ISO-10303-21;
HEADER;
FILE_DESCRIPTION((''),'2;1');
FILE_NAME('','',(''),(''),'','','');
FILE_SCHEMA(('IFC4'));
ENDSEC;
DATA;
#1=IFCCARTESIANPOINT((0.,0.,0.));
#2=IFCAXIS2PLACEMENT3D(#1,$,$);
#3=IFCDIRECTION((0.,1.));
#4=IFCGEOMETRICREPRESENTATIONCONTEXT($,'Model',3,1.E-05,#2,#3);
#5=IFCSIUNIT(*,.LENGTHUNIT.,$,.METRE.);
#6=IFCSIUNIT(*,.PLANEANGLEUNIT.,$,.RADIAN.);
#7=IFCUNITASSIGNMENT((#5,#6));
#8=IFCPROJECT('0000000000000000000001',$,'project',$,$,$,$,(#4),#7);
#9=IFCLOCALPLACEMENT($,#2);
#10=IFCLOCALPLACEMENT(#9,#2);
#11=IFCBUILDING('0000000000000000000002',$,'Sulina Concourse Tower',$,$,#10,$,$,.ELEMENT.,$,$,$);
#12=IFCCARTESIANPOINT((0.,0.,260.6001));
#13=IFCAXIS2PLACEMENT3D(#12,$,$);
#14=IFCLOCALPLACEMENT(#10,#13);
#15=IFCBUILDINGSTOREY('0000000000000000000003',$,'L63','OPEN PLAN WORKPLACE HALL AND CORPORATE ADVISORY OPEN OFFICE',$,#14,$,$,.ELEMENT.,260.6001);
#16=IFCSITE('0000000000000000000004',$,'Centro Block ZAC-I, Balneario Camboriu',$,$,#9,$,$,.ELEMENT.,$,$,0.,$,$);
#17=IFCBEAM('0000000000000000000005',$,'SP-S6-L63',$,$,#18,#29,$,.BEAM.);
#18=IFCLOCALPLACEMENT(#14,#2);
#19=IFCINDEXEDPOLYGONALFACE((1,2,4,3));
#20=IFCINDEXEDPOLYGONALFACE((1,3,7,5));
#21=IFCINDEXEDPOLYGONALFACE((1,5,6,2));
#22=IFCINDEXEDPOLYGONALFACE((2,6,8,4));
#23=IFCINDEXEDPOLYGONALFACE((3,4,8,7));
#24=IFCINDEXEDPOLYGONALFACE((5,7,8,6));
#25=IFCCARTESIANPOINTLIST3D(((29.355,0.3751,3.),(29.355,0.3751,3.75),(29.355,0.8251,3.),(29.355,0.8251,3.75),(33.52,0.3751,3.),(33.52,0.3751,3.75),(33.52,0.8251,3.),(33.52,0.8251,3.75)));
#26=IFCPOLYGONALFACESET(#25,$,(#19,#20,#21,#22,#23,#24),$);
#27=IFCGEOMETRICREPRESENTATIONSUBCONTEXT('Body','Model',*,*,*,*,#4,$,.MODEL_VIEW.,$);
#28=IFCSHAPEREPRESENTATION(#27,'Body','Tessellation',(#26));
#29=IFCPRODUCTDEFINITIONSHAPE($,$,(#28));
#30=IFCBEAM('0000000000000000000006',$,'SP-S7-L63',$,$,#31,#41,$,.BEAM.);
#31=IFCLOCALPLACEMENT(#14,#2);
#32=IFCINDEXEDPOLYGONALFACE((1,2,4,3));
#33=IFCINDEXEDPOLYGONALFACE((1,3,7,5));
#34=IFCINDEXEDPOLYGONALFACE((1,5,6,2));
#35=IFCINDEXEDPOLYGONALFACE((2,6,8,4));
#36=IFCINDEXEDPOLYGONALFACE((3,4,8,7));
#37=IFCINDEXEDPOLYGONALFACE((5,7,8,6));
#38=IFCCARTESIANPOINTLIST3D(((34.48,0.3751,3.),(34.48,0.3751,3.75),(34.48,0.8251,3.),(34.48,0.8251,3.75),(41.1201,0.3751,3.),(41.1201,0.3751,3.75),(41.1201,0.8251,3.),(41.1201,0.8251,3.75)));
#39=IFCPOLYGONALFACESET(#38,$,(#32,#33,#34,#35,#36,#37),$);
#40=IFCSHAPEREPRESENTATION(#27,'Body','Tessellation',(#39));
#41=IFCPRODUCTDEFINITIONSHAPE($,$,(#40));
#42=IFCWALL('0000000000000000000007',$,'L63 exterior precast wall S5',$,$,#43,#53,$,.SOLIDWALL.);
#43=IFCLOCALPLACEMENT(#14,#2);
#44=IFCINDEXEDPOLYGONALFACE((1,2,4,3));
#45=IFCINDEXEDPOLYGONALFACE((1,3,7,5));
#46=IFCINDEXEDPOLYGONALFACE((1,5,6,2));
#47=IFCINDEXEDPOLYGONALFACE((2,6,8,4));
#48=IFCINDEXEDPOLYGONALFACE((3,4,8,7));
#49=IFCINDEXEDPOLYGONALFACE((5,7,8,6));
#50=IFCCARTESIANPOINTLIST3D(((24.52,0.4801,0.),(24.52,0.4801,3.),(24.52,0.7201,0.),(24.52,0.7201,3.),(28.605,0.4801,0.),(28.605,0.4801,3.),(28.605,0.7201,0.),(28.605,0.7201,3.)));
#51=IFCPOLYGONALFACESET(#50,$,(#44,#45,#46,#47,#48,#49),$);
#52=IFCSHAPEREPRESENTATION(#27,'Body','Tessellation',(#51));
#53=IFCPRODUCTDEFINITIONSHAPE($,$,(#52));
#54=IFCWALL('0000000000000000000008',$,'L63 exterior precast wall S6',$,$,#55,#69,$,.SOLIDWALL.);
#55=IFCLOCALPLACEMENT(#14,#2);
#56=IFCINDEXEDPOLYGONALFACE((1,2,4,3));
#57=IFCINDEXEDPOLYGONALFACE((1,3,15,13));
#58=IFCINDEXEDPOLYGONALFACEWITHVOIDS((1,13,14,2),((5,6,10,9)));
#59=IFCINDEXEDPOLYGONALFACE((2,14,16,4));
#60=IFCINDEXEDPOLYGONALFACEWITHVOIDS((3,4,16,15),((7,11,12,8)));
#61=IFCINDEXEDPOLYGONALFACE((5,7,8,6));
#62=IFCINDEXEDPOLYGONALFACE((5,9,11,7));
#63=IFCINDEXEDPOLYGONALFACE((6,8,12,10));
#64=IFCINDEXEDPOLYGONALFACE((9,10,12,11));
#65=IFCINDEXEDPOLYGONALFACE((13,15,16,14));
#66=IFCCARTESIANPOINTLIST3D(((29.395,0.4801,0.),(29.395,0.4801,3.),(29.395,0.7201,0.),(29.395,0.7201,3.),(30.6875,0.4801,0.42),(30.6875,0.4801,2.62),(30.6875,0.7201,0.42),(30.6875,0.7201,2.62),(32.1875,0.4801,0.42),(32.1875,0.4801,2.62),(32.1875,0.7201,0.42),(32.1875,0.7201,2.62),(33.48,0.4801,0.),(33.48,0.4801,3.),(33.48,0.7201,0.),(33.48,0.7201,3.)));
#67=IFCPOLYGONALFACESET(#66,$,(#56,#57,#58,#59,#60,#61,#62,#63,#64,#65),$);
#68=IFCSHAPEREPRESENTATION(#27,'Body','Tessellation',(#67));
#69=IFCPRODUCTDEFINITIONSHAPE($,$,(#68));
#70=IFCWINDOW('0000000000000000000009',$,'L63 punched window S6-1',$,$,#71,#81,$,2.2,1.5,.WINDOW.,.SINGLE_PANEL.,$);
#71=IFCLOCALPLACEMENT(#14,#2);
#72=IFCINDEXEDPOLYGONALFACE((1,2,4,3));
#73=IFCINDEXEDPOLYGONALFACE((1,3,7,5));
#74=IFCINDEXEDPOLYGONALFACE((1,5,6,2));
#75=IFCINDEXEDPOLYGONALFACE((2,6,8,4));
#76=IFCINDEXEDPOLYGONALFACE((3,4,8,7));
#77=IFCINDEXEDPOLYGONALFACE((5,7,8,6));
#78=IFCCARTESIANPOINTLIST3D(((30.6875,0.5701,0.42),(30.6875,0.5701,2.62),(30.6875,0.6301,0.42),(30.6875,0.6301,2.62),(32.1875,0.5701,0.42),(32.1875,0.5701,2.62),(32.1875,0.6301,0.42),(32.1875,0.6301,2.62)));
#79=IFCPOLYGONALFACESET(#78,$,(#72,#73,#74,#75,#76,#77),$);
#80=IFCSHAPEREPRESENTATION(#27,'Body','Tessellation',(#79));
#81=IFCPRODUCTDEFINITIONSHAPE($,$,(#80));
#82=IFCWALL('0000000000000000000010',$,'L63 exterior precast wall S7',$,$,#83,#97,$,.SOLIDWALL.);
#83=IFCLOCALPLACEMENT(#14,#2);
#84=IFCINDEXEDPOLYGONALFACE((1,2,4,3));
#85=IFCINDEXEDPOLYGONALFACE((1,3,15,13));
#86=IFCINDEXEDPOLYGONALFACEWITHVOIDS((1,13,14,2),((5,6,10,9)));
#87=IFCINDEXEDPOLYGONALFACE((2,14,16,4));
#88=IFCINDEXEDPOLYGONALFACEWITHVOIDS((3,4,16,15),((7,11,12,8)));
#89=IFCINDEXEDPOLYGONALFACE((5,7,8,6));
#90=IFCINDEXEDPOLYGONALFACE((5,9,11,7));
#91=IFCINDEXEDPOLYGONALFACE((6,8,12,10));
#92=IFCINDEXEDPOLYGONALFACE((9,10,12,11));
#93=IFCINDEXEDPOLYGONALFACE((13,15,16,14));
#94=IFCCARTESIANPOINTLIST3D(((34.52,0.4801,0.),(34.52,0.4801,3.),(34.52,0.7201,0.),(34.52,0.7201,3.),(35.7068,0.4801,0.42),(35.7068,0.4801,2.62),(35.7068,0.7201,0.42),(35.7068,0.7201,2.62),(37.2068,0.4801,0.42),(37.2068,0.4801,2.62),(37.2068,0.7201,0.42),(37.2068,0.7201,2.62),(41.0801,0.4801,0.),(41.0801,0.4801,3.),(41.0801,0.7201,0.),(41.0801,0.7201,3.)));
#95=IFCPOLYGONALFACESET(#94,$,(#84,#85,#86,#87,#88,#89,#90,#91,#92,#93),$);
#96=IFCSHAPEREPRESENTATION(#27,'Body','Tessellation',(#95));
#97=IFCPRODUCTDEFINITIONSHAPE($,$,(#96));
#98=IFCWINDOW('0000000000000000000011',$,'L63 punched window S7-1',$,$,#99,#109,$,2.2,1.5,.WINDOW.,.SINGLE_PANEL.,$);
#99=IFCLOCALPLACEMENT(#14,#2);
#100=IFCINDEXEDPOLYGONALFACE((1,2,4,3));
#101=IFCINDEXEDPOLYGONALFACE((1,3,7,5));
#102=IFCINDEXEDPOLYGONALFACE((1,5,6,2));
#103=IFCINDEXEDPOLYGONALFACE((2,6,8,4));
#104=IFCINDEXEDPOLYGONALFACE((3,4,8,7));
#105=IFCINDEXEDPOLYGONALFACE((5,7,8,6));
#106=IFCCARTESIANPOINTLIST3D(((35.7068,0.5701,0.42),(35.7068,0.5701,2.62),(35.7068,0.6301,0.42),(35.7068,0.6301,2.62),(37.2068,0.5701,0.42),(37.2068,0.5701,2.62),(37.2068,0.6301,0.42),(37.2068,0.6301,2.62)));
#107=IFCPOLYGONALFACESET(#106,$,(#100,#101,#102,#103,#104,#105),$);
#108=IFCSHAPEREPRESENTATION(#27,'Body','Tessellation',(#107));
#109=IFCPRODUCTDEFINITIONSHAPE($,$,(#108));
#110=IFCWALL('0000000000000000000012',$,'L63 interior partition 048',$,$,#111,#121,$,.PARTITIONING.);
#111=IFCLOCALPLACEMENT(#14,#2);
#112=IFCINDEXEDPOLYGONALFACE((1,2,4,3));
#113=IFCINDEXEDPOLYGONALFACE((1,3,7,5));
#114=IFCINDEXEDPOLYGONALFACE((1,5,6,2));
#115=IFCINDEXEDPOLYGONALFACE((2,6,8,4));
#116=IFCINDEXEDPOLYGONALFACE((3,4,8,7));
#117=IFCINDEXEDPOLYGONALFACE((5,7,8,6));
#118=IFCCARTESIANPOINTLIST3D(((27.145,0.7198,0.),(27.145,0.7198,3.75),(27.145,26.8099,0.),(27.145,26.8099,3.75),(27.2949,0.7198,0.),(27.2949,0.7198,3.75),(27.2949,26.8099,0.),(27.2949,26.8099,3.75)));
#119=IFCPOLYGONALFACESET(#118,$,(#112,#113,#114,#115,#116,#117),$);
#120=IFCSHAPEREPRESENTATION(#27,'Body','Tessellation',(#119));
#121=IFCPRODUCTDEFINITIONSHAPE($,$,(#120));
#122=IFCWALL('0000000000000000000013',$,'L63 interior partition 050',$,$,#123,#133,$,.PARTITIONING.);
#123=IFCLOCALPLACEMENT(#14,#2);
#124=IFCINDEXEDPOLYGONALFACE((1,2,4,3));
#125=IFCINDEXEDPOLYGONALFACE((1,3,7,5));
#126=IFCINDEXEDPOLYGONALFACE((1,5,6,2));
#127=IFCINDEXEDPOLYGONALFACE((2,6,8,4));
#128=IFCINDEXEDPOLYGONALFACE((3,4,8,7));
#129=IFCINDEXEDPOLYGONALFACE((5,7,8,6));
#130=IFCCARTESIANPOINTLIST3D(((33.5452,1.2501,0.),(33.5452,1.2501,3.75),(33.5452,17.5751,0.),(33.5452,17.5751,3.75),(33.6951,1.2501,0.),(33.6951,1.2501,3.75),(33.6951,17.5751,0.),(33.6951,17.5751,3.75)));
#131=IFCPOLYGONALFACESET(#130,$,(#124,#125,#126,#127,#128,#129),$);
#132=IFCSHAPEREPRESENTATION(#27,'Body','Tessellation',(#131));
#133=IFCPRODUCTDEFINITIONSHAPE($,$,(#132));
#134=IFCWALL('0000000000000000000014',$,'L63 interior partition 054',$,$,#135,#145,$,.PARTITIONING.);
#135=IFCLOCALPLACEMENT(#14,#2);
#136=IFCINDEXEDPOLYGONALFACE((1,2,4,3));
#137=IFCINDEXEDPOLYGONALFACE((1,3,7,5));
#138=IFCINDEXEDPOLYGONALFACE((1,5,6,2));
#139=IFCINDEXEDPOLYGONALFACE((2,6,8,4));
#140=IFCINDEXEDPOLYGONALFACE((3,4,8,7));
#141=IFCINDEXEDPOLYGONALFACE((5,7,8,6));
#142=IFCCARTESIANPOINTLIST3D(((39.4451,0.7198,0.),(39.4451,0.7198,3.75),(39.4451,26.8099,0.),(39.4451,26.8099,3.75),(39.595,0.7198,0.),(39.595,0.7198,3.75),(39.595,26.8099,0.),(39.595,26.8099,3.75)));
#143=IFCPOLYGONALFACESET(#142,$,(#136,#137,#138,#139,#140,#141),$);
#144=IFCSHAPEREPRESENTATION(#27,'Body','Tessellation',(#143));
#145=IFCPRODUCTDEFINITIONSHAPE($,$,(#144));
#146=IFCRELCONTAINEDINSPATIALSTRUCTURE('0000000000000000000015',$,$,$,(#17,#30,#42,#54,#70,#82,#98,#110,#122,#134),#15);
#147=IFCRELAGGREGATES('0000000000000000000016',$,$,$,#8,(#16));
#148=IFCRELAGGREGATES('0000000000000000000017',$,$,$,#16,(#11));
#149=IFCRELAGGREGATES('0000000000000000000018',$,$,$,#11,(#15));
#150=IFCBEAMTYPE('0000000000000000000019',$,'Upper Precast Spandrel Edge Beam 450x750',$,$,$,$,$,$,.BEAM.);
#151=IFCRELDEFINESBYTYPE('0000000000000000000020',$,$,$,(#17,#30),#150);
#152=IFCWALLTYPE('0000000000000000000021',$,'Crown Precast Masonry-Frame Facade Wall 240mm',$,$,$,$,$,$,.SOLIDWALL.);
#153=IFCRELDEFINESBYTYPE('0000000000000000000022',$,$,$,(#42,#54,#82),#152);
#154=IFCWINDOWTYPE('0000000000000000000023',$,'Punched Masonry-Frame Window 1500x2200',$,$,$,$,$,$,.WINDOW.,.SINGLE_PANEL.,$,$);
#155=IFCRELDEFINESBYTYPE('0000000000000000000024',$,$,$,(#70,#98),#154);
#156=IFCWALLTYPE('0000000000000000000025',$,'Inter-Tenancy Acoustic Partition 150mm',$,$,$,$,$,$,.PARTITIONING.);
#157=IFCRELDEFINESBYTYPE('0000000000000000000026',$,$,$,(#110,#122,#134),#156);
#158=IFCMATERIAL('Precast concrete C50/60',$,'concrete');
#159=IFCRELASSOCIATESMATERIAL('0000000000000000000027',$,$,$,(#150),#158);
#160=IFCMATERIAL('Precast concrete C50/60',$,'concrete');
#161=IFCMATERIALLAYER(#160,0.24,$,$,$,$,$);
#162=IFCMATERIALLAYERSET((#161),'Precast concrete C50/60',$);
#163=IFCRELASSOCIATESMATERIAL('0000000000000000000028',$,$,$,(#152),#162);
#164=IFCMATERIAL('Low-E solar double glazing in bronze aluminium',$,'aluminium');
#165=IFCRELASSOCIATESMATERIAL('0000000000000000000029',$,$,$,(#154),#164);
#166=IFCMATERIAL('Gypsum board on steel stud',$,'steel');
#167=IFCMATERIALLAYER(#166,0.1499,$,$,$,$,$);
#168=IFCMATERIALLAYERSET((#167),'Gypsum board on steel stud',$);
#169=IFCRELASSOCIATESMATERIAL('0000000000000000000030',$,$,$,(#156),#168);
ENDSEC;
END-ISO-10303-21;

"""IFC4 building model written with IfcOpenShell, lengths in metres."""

from ifc_helpers import new_model, si_unit, direction, frame, frame_2d, origin, origin_2d, place, context, subcontext, project, spatial, rectangle, extrude, material, layer, layer_set, material_profile, profile_set, type_object, element, fill, save


model = new_model("IFC4")

# Units and contexts
model_context = context("Model", 3, precision=1e-05, world=origin(), true_north=direction((0.0, 1.0)))
body_context = subcontext(model_context, "Body", "Model", "MODEL_VIEW")
ifc_project = project(units=[si_unit("LENGTHUNIT", "METRE"), si_unit("PLANEANGLEUNIT", "RADIAN")], contexts=[model_context])

# Site, building, storey
site_placement = place(None, origin())
site = spatial("IfcSite", under=ifc_project, at=site_placement, Name="Centro Block ZAC-I, Balneario Camboriu", CompositionType="ELEMENT", RefElevation=0.0)
building_placement = place(site_placement, origin())
building = spatial("IfcBuilding", under=site, at=building_placement, Name="Sulina Concourse Tower", CompositionType="ELEMENT")
storey_placement = place(building_placement, frame((0.0, 0.0, 260.6001)))
storey = spatial("IfcBuildingStorey", under=building, at=storey_placement, Name="L63", Description="OPEN PLAN WORKPLACE HALL AND CORPORATE ADVISORY OPEN OFFICE", CompositionType="ELEMENT", Elevation=260.6001)

# Beams
ifc_material_1 = material(Name="Precast concrete C50/60", Category="concrete")
ifc_material_profile_1 = material_profile(ifc_material_1, rectangle(XDim=0.45, YDim=0.75, at=origin_2d()), Name="RC 450x750")
ifc_profile_set_1 = profile_set([ifc_material_profile_1], Name="Precast concrete C50/60")
beam_type_1 = type_object("IfcBeamType", Name="Upper Precast Spandrel Edge Beam 450x750", PredefinedType="BEAM", material=ifc_profile_set_1)
for number, where, z_axis, x_axis, name in (
    (1, (29.355, 0.6001, 3.375), (1.0, 0.0, 0.0), (0.0, 1.0, 0.0), "SP-S6-L63"),
):
    element("IfcBeam", number, at=place(storey_placement, frame(where, z_axis=z_axis, x_axis=x_axis)), inside=storey, type_object=beam_type_1, Name=name, PredefinedType="BEAM", context=body_context, shape_type="SweptSolid", body=[
        extrude(rectangle(XDim=0.45, YDim=0.75, at=origin_2d()), origin(), (0.0, 0.0, 1.0), 4.165),
    ])
beam_1_placement = place(storey_placement, frame((34.48, 0.6001, 3.375), z_axis=(1.0, 0.0, 0.0), x_axis=(0.0, 1.0, 0.0)))
element("IfcBeam", 2, at=beam_1_placement, inside=storey, type_object=beam_type_1, Name="SP-S7-L63", PredefinedType="BEAM", context=body_context, shape_type="SweptSolid", body=[
    extrude(rectangle(XDim=0.45, YDim=0.75, at=origin_2d()), origin(), (0.0, 0.0, 1.0), 6.6401),
])

# Wall
ifc_material_2 = material(Name="Precast concrete C50/60", Category="concrete")
ifc_layer_1 = layer(ifc_material_2, 0.24)
ifc_layer_set_1 = layer_set([ifc_layer_1], Name="Precast concrete C50/60")
wall_type_1 = type_object("IfcWallType", Name="Crown Precast Masonry-Frame Facade Wall 240mm", PredefinedType="SOLIDWALL", material=ifc_layer_set_1)
wall_1_placement = place(storey_placement, frame((28.605, 0.6001, 0.0), z_axis=(0.0, 0.0, 1.0), x_axis=(-1.0, 0.0, 0.0)))
element("IfcWall", 3, at=wall_1_placement, inside=storey, type_object=wall_type_1, Name="L63 exterior precast wall S5", PredefinedType="SOLIDWALL", context=body_context, shape_type="SweptSolid", body=[
    extrude(rectangle(XDim=4.085, YDim=0.24, at=frame_2d((2.0425, 0.0))), origin(), (0.0, 0.0, 1.0), 3.0),
])

# Walls, openings, windows
wall_2_placement = place(storey_placement, frame((33.48, 0.6001, 0.0), z_axis=(0.0, 0.0, 1.0), x_axis=(-1.0, 0.0, 0.0)))
wall_2 = element("IfcWall", 4, at=wall_2_placement, inside=storey, type_object=wall_type_1, Name="L63 exterior precast wall S6", PredefinedType="SOLIDWALL", context=body_context, shape_type="SweptSolid", body=[
    extrude(rectangle(XDim=4.085, YDim=0.24, at=frame_2d((2.0425, 0.0))), origin(), (0.0, 0.0, 1.0), 3.0),
])
opening_1_placement = place(wall_2_placement, frame((1.2925, 0.0, 0.4199)))
opening_1 = element("IfcOpeningElement", 5, at=opening_1_placement, cuts=wall_2, PredefinedType="OPENING", context=body_context, shape_type="SweptSolid", body=[
    extrude(rectangle(XDim=1.5, YDim=2.2, at=frame_2d((0.75, 1.1001))), frame((0.0, 0.1299, 0.0), z_axis=(0.0, -1.0, 0.0), x_axis=(1.0, 0.0, 0.0)), (0.0, 0.0, 1.0), 0.26),
])
ifc_material_3 = material(Name="Low-E solar double glazing in bronze aluminium", Category="aluminium")
window_type = type_object("IfcWindowType", Name="Punched Masonry-Frame Window 1500x2200", PartitioningType="SINGLE_PANEL", PredefinedType="WINDOW", material=ifc_material_3)
window_1_placement = place(opening_1_placement, origin())
window_1 = element("IfcWindow", 6, at=window_1_placement, inside=storey, type_object=window_type, Name="L63 punched window S6-1", OverallHeight=2.2, OverallWidth=1.5, PartitioningType="SINGLE_PANEL", PredefinedType="WINDOW", context=body_context, shape_type="SweptSolid", body=[
    extrude(rectangle(XDim=1.5, YDim=2.2, at=frame_2d((0.75, 1.1001))), frame((0.0, 0.03, 0.0), z_axis=(0.0, -1.0, 0.0), x_axis=(1.0, 0.0, 0.0)), (0.0, 0.0, 1.0), 0.0601),
])
fill(opening_1, window_1)
wall_3_placement = place(storey_placement, frame((41.0801, 0.6001, 0.0), z_axis=(0.0, 0.0, 1.0), x_axis=(-1.0, 0.0, 0.0)))
wall_3 = element("IfcWall", 7, at=wall_3_placement, inside=storey, type_object=wall_type_1, Name="L63 exterior precast wall S7", PredefinedType="SOLIDWALL", context=body_context, shape_type="SweptSolid", body=[
    extrude(rectangle(XDim=6.5601, YDim=0.24, at=frame_2d((3.28, 0.0))), origin(), (0.0, 0.0, 1.0), 3.0),
])
opening_2_placement = place(wall_3_placement, frame((3.8733, 0.0, 0.4199)))
opening_2 = element("IfcOpeningElement", 8, at=opening_2_placement, cuts=wall_3, PredefinedType="OPENING", context=body_context, shape_type="SweptSolid", body=[
    extrude(rectangle(XDim=1.5, YDim=2.2, at=frame_2d((0.75, 1.1001))), frame((0.0, 0.1299, 0.0), z_axis=(0.0, -1.0, 0.0), x_axis=(1.0, 0.0, 0.0)), (0.0, 0.0, 1.0), 0.26),
])
window_2_placement = place(opening_2_placement, origin())
window_2 = element("IfcWindow", 9, at=window_2_placement, inside=storey, type_object=window_type, Name="L63 punched window S7-1", OverallHeight=2.2, OverallWidth=1.5, PartitioningType="SINGLE_PANEL", PredefinedType="WINDOW", context=body_context, shape_type="SweptSolid", body=[
    extrude(rectangle(XDim=1.5, YDim=2.2, at=frame_2d((0.75, 1.1001))), frame((0.0, 0.03, 0.0), z_axis=(0.0, -1.0, 0.0), x_axis=(1.0, 0.0, 0.0)), (0.0, 0.0, 1.0), 0.0601),
])
fill(opening_2, window_2)

# Walls
ifc_material_4 = material(Name="Gypsum board on steel stud", Category="steel")
ifc_layer_2 = layer(ifc_material_4, 0.1499)
ifc_layer_set_2 = layer_set([ifc_layer_2], Name="Gypsum board on steel stud")
wall_type_2 = type_object("IfcWallType", Name="Inter-Tenancy Acoustic Partition 150mm", PredefinedType="PARTITIONING", material=ifc_layer_set_2)
wall_4_placement = place(storey_placement, frame((27.22, 0.72, 0.0), z_axis=(0.0, 0.0, 1.0), x_axis=(0.0, 1.0, 0.0)))
element("IfcWall", 10, at=wall_4_placement, inside=storey, type_object=wall_type_2, Name="L63 interior partition 048", PredefinedType="PARTITIONING", context=body_context, shape_type="SweptSolid", body=[
    extrude(rectangle(XDim=26.0901, YDim=0.1499, at=frame_2d((13.0449, 0.0))), origin(), (0.0, 0.0, 1.0), 3.75),
])
wall_5_placement = place(storey_placement, frame((33.6201, 1.25, 0.0), z_axis=(0.0, 0.0, 1.0), x_axis=(0.0, 1.0, 0.0)))
element("IfcWall", 11, at=wall_5_placement, inside=storey, type_object=wall_type_2, Name="L63 interior partition 050", PredefinedType="PARTITIONING", context=body_context, shape_type="SweptSolid", body=[
    extrude(rectangle(XDim=16.325, YDim=0.1499, at=frame_2d((8.1626, 0.0))), origin(), (0.0, 0.0, 1.0), 3.75),
])
wall_6_placement = place(storey_placement, frame((39.52, 0.72, 0.0), z_axis=(0.0, 0.0, 1.0), x_axis=(0.0, 1.0, 0.0)))
element("IfcWall", 12, at=wall_6_placement, inside=storey, type_object=wall_type_2, Name="L63 interior partition 054", PredefinedType="PARTITIONING", context=body_context, shape_type="SweptSolid", body=[
    extrude(rectangle(XDim=26.0901, YDim=0.1499, at=frame_2d((13.0449, 0.0))), origin(), (0.0, 0.0, 1.0), 3.75),
])

save(model, "model.ifc")
